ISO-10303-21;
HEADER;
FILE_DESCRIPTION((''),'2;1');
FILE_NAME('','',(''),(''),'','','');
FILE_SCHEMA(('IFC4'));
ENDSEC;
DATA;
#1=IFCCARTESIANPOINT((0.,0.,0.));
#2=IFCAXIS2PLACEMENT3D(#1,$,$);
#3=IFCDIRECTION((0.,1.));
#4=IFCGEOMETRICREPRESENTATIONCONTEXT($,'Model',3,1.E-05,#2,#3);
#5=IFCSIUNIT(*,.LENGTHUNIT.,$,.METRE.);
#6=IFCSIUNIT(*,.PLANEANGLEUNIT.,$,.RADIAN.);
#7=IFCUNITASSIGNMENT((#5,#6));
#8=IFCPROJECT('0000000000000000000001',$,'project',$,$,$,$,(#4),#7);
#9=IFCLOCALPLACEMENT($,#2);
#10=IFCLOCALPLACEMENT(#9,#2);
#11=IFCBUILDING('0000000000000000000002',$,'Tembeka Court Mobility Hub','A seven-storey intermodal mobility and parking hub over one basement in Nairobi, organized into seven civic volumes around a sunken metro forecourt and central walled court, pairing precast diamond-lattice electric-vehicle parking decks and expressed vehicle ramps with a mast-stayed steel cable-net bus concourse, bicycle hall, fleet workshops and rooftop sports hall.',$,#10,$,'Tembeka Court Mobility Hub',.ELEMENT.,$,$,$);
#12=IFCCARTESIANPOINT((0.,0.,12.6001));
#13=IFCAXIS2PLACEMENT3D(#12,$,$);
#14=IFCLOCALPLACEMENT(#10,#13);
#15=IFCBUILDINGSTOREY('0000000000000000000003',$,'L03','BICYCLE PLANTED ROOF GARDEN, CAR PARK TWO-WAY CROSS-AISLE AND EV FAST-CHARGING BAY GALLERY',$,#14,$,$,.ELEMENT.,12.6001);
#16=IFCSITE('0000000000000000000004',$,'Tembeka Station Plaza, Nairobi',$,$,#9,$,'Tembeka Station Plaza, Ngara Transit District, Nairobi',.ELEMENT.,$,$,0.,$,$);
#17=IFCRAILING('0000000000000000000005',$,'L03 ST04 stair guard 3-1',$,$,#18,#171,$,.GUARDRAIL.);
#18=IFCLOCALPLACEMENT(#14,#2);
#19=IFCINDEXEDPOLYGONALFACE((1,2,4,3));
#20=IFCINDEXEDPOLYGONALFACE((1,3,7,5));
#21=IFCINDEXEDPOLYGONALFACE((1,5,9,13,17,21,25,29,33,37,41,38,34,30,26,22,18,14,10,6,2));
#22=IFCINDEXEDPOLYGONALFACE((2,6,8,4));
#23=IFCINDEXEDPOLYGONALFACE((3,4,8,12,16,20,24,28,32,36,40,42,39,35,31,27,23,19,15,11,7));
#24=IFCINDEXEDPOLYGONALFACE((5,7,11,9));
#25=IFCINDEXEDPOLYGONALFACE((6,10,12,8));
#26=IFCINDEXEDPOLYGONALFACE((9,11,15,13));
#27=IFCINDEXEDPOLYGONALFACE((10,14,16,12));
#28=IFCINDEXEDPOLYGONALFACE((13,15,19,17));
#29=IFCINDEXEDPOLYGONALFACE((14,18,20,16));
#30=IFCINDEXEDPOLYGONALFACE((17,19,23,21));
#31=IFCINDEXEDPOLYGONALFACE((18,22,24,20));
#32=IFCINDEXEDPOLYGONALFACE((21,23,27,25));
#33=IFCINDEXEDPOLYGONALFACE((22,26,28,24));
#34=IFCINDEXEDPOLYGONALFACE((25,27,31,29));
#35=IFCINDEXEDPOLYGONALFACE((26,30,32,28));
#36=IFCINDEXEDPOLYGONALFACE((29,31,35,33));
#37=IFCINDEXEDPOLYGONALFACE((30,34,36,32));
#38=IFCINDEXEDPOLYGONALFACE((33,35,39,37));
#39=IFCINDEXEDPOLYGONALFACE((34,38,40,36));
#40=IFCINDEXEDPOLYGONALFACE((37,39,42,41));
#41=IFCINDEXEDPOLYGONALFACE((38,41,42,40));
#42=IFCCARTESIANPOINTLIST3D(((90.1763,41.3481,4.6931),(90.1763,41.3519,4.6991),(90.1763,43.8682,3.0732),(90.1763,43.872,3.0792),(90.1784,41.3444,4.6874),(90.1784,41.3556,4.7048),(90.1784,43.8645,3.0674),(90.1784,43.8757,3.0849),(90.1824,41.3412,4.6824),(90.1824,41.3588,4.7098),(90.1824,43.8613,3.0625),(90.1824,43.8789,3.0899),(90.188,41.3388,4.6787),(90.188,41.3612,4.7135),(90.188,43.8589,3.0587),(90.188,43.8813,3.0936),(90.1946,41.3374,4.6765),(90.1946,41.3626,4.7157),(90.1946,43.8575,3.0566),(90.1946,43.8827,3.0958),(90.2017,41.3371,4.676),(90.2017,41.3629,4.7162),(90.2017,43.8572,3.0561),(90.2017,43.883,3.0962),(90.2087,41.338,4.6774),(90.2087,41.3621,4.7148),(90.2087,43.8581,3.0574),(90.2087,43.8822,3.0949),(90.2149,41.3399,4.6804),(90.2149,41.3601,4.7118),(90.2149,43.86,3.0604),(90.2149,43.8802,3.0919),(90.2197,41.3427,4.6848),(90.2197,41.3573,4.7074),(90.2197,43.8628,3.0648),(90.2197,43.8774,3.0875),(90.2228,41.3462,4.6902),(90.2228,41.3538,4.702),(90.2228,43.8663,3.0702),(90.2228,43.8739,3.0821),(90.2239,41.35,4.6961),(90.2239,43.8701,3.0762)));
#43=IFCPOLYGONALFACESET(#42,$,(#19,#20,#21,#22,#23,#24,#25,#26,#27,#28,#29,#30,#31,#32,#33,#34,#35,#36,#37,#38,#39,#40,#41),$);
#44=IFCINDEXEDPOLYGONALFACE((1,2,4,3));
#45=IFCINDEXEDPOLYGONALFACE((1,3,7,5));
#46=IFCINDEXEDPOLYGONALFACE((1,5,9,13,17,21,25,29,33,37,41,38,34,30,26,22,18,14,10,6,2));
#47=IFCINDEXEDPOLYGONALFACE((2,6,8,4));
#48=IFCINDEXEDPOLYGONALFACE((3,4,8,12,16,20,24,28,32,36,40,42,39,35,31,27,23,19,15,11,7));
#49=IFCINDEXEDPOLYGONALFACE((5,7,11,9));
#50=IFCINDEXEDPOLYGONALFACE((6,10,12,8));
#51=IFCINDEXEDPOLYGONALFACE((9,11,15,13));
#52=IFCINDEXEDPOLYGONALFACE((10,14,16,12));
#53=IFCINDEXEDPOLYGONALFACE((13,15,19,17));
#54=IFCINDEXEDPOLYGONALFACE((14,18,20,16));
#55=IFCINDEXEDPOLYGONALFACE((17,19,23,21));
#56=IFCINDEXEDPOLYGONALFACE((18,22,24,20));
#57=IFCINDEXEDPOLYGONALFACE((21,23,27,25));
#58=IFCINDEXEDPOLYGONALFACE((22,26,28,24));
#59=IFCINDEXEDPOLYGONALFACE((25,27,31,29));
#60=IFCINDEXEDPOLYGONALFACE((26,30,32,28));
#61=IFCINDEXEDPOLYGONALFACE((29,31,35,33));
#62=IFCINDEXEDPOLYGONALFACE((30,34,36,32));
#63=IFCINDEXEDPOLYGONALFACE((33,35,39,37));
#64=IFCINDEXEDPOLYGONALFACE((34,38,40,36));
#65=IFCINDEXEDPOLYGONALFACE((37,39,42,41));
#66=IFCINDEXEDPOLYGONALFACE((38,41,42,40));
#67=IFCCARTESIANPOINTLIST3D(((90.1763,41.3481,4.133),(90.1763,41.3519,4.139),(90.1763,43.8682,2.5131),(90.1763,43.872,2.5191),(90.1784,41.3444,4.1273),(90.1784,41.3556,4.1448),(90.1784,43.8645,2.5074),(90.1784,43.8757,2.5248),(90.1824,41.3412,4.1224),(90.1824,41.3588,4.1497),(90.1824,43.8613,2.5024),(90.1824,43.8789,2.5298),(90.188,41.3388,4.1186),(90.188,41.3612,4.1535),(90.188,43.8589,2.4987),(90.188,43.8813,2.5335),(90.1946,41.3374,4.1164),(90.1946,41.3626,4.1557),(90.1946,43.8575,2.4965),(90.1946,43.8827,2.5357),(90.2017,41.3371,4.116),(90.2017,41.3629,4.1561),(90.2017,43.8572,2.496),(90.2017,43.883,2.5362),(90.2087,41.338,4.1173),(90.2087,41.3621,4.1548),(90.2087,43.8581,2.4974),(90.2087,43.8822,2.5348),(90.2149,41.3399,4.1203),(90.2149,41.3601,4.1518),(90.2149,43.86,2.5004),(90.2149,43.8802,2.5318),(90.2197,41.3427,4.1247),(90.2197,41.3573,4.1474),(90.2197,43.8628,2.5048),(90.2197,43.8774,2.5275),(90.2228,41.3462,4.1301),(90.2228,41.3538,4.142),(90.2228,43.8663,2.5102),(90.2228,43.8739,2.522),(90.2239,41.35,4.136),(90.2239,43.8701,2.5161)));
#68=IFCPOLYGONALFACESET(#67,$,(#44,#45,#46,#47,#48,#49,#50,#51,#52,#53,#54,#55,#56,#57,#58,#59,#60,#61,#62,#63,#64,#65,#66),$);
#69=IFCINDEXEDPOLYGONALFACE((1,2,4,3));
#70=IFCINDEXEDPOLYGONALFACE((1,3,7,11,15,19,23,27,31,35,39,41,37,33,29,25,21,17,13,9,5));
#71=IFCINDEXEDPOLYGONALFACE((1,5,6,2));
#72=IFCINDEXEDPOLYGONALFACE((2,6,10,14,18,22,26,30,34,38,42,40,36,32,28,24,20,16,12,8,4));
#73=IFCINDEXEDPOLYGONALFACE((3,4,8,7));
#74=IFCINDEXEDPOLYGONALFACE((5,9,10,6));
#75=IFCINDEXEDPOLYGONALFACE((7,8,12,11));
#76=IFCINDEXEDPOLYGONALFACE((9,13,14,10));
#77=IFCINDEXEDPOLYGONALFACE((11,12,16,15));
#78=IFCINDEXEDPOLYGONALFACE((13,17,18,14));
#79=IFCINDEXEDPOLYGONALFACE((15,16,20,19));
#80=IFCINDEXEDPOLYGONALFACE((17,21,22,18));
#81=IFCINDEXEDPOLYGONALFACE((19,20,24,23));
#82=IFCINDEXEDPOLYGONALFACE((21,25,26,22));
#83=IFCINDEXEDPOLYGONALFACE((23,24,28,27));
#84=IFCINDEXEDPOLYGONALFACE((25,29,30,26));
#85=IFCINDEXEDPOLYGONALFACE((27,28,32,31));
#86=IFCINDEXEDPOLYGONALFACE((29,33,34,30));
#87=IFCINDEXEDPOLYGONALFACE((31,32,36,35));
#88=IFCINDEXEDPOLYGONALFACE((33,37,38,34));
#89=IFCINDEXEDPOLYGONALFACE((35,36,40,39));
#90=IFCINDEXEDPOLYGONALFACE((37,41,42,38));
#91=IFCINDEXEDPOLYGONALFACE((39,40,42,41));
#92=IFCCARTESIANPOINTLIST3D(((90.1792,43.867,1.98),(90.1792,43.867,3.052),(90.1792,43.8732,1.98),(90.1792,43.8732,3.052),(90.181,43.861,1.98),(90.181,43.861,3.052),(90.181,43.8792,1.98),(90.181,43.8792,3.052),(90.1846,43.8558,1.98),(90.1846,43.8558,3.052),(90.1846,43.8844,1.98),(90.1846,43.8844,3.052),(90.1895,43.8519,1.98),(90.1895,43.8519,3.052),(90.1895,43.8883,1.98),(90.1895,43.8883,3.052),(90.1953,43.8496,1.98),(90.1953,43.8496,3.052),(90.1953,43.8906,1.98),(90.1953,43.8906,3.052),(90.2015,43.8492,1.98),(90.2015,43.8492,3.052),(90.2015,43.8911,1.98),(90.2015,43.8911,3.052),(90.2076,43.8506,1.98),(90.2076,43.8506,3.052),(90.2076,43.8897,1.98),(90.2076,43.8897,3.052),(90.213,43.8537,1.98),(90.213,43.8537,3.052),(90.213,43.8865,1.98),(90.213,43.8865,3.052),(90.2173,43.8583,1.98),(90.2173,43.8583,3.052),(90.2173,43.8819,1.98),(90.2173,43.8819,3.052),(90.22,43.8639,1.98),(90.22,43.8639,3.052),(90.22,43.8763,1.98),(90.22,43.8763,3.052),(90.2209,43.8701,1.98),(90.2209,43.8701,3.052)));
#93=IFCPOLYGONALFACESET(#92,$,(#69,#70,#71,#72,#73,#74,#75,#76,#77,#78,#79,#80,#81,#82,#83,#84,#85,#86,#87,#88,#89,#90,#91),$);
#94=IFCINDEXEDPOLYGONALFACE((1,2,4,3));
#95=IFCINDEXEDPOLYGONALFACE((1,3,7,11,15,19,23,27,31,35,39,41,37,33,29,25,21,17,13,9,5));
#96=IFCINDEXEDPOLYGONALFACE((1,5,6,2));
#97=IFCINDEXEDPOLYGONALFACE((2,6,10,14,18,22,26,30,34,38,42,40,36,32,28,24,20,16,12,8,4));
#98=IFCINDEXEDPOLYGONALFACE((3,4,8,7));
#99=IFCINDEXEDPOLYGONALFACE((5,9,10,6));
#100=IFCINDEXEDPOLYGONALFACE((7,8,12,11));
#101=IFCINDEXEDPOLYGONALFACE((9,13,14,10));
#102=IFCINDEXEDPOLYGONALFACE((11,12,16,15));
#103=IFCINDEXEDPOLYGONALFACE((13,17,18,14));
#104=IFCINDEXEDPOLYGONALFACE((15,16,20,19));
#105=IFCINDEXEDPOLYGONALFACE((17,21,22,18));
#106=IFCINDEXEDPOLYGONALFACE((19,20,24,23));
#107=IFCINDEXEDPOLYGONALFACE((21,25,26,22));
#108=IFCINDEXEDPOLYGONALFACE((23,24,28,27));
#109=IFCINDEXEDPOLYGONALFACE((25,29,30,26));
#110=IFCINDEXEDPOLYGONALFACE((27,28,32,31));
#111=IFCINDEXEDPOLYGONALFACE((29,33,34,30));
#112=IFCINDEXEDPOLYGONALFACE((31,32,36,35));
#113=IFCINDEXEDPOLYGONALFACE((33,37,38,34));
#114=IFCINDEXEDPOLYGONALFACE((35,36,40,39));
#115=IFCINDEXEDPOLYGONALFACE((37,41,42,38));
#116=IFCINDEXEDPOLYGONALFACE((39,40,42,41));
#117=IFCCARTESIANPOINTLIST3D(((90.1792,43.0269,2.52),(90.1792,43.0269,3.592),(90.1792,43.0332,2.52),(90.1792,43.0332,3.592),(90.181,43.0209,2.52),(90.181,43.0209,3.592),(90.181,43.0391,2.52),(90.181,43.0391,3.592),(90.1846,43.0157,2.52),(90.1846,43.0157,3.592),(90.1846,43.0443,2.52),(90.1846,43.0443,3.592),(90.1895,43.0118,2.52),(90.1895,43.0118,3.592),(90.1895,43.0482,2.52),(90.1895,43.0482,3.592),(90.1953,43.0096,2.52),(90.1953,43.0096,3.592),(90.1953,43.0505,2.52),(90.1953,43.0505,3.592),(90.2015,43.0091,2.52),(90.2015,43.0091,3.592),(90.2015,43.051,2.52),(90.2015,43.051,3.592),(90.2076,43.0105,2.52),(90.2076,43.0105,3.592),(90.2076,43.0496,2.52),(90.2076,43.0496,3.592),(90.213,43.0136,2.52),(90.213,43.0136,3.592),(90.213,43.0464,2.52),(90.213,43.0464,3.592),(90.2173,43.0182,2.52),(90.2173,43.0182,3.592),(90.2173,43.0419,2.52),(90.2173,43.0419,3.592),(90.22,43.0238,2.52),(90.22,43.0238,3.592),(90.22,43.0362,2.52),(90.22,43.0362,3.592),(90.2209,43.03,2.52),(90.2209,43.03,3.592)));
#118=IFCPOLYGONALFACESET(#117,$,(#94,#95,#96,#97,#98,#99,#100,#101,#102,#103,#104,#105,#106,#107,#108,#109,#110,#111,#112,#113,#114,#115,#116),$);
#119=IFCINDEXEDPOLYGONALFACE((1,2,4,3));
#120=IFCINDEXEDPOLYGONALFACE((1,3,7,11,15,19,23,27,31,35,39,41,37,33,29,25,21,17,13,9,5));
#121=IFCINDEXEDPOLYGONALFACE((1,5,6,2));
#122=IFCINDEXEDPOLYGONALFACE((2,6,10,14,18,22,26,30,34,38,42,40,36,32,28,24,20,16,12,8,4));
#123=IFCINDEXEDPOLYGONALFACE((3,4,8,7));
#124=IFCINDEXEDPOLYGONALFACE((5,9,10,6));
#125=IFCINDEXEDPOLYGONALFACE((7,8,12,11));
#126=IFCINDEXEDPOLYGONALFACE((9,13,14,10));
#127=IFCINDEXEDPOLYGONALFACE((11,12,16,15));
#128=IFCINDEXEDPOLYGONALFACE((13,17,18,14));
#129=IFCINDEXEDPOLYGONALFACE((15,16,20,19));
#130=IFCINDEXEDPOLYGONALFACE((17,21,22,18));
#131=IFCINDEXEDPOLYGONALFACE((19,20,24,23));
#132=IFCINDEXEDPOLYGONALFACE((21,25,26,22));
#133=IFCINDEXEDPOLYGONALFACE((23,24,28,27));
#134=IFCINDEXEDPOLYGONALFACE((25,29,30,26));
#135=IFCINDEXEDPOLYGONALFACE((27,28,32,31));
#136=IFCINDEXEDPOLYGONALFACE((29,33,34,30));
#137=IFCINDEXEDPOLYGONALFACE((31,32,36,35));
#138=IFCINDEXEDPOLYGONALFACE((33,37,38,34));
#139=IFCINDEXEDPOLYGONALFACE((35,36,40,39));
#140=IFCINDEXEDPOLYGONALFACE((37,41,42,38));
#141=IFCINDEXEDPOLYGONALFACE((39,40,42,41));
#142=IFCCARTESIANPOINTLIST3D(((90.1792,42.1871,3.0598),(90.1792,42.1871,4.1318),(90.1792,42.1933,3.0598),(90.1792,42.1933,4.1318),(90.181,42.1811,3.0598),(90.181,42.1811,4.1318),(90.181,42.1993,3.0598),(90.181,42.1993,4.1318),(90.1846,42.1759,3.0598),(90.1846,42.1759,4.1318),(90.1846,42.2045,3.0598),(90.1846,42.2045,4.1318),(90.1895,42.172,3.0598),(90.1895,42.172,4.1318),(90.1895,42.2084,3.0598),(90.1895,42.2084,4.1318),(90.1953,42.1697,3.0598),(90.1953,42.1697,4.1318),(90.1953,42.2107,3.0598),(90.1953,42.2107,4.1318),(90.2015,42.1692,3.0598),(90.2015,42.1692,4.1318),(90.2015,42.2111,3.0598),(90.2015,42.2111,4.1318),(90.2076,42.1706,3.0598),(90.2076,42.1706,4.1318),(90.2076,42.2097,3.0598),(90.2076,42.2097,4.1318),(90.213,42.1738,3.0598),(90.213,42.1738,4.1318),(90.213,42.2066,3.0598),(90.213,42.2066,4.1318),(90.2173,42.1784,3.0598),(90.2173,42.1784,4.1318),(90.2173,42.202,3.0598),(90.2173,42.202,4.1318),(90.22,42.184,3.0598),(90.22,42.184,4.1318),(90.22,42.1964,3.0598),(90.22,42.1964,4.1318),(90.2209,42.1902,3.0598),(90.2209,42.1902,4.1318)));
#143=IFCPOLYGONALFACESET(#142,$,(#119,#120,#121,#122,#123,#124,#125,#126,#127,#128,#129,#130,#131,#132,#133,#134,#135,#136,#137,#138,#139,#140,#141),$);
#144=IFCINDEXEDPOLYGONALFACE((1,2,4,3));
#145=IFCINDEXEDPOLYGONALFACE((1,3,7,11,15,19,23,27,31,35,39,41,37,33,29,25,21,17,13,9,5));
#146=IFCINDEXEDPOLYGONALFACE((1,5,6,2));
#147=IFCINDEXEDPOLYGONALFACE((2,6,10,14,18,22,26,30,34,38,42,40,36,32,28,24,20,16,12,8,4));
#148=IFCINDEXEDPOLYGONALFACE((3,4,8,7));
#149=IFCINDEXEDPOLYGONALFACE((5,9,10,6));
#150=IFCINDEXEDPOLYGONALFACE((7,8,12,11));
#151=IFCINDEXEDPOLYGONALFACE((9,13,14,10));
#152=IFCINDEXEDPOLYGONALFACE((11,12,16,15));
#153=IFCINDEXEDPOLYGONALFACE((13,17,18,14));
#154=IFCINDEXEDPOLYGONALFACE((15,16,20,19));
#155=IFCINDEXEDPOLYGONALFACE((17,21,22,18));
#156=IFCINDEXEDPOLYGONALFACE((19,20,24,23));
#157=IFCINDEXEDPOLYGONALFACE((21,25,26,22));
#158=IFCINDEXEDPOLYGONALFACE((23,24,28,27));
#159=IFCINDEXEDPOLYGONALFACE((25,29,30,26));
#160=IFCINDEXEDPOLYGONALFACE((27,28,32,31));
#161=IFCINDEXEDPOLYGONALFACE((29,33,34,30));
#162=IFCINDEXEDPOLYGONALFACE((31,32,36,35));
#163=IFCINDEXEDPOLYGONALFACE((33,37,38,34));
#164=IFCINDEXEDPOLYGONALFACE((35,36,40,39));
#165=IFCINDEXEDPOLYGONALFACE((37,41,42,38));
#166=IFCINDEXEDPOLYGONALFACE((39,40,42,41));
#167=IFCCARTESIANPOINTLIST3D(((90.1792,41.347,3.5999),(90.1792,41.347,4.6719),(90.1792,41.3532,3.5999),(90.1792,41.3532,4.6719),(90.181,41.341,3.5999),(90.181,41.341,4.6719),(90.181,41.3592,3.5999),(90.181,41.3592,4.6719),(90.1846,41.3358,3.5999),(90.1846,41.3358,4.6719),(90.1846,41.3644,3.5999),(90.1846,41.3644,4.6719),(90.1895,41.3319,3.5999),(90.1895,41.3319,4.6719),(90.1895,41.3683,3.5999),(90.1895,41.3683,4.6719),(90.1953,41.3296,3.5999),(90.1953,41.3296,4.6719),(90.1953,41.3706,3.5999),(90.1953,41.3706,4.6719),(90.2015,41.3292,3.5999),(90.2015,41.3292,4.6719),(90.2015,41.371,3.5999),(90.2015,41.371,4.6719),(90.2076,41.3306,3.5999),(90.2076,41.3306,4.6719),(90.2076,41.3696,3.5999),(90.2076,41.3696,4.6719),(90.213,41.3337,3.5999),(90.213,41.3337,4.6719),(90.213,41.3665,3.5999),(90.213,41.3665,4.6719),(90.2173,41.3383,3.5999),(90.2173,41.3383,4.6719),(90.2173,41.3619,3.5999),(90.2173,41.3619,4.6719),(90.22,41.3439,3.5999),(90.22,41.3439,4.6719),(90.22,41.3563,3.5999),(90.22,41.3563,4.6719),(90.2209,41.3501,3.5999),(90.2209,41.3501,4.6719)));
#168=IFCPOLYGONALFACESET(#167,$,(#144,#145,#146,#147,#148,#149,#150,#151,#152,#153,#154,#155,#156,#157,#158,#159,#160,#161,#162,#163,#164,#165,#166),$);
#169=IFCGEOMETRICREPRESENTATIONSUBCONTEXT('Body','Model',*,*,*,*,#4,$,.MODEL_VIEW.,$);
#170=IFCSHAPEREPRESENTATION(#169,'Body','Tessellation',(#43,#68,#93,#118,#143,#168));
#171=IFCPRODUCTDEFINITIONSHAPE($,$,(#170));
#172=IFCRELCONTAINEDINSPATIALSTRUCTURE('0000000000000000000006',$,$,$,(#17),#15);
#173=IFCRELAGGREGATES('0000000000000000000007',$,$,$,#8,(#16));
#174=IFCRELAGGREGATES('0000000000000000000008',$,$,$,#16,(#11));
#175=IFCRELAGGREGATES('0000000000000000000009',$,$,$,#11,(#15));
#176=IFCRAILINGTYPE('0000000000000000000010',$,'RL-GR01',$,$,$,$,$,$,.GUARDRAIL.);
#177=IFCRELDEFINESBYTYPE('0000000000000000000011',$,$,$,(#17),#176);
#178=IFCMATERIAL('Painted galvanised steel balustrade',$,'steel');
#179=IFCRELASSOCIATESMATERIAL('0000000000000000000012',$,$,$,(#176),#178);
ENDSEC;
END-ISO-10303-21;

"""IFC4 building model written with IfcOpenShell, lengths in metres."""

from ifc_helpers import new_model, si_unit, direction, frame, origin, origin_2d, place, context, subcontext, project, spatial, circle, extrude, material, type_object, element, save


model = new_model("IFC4")

# Units and contexts
model_context = context("Model", 3, precision=1e-05, world=origin(), true_north=direction((0.0, 1.0)))
body_context = subcontext(model_context, "Body", "Model", "MODEL_VIEW")
ifc_project = project(units=[si_unit("LENGTHUNIT", "METRE"), si_unit("PLANEANGLEUNIT", "RADIAN")], contexts=[model_context])

# Site, building, storey
site_placement = place(None, origin())
site = spatial("IfcSite", under=ifc_project, at=site_placement, Name="Tembeka Station Plaza, Nairobi", LongName="Tembeka Station Plaza, Ngara Transit District, Nairobi", CompositionType="ELEMENT", RefElevation=0.0)
building_placement = place(site_placement, origin())
building = spatial("IfcBuilding", under=site, at=building_placement, Name="Tembeka Court Mobility Hub", Description="A seven-storey intermodal mobility and parking hub over one basement in Nairobi, organized into seven civic volumes around a sunken metro forecourt and central walled court, pairing precast diamond-lattice electric-vehicle parking decks and expressed vehicle ramps with a mast-stayed steel cable-net bus concourse, bicycle hall, fleet workshops and rooftop sports hall.", LongName="Tembeka Court Mobility Hub", CompositionType="ELEMENT")
storey_placement = place(building_placement, frame((0.0, 0.0, 12.6001)))
storey = spatial("IfcBuildingStorey", under=building, at=storey_placement, Name="L03", Description="BICYCLE PLANTED ROOF GARDEN, CAR PARK TWO-WAY CROSS-AISLE AND EV FAST-CHARGING BAY GALLERY", CompositionType="ELEMENT", Elevation=12.6001)

# Railing
ifc_material_1 = material(Name="Painted galvanised steel balustrade", Category="steel")
railing_type_1 = type_object("IfcRailingType", Name="RL-GR01", PredefinedType="GUARDRAIL", material=ifc_material_1)
railing_1_placement = place(storey_placement, frame((90.2, 43.8701, 1.98)))
element("IfcRailing", 1, at=railing_1_placement, inside=storey, type_object=railing_type_1, Name="L03 ST04 stair guard 3-1", PredefinedType="GUARDRAIL", context=body_context, shape_type="SweptSolid", body=[
    extrude(circle(Radius=0.0239, at=origin_2d()), frame((0.0, 0.0, 1.0962), z_axis=(0.0, -0.8412, 0.540725), x_axis=(1.0, 0.0, 0.0)), (0.0, 0.0, 1.0), 2.9958),
    extrude(circle(Radius=0.0239, at=origin_2d()), frame((0.0, 0.0, 0.5361), z_axis=(0.0, -0.8412, 0.540725), x_axis=(1.0, 0.0, 0.0)), (0.0, 0.0, 1.0), 2.9958),
    extrude(circle(Radius=0.021, at=origin_2d()), origin(), (0.0, 0.0, 1.0), 1.072),
    extrude(circle(Radius=0.021, at=origin_2d()), frame((0.0, -0.8401, 0.54)), (0.0, 0.0, 1.0), 1.072),
    extrude(circle(Radius=0.021, at=origin_2d()), frame((0.0, -1.6799, 1.0798)), (0.0, 0.0, 1.0), 1.072),
    extrude(circle(Radius=0.021, at=origin_2d()), frame((0.0, -2.52, 1.6199)), (0.0, 0.0, 1.0), 1.072),
])

save(model, "model.ifc")
